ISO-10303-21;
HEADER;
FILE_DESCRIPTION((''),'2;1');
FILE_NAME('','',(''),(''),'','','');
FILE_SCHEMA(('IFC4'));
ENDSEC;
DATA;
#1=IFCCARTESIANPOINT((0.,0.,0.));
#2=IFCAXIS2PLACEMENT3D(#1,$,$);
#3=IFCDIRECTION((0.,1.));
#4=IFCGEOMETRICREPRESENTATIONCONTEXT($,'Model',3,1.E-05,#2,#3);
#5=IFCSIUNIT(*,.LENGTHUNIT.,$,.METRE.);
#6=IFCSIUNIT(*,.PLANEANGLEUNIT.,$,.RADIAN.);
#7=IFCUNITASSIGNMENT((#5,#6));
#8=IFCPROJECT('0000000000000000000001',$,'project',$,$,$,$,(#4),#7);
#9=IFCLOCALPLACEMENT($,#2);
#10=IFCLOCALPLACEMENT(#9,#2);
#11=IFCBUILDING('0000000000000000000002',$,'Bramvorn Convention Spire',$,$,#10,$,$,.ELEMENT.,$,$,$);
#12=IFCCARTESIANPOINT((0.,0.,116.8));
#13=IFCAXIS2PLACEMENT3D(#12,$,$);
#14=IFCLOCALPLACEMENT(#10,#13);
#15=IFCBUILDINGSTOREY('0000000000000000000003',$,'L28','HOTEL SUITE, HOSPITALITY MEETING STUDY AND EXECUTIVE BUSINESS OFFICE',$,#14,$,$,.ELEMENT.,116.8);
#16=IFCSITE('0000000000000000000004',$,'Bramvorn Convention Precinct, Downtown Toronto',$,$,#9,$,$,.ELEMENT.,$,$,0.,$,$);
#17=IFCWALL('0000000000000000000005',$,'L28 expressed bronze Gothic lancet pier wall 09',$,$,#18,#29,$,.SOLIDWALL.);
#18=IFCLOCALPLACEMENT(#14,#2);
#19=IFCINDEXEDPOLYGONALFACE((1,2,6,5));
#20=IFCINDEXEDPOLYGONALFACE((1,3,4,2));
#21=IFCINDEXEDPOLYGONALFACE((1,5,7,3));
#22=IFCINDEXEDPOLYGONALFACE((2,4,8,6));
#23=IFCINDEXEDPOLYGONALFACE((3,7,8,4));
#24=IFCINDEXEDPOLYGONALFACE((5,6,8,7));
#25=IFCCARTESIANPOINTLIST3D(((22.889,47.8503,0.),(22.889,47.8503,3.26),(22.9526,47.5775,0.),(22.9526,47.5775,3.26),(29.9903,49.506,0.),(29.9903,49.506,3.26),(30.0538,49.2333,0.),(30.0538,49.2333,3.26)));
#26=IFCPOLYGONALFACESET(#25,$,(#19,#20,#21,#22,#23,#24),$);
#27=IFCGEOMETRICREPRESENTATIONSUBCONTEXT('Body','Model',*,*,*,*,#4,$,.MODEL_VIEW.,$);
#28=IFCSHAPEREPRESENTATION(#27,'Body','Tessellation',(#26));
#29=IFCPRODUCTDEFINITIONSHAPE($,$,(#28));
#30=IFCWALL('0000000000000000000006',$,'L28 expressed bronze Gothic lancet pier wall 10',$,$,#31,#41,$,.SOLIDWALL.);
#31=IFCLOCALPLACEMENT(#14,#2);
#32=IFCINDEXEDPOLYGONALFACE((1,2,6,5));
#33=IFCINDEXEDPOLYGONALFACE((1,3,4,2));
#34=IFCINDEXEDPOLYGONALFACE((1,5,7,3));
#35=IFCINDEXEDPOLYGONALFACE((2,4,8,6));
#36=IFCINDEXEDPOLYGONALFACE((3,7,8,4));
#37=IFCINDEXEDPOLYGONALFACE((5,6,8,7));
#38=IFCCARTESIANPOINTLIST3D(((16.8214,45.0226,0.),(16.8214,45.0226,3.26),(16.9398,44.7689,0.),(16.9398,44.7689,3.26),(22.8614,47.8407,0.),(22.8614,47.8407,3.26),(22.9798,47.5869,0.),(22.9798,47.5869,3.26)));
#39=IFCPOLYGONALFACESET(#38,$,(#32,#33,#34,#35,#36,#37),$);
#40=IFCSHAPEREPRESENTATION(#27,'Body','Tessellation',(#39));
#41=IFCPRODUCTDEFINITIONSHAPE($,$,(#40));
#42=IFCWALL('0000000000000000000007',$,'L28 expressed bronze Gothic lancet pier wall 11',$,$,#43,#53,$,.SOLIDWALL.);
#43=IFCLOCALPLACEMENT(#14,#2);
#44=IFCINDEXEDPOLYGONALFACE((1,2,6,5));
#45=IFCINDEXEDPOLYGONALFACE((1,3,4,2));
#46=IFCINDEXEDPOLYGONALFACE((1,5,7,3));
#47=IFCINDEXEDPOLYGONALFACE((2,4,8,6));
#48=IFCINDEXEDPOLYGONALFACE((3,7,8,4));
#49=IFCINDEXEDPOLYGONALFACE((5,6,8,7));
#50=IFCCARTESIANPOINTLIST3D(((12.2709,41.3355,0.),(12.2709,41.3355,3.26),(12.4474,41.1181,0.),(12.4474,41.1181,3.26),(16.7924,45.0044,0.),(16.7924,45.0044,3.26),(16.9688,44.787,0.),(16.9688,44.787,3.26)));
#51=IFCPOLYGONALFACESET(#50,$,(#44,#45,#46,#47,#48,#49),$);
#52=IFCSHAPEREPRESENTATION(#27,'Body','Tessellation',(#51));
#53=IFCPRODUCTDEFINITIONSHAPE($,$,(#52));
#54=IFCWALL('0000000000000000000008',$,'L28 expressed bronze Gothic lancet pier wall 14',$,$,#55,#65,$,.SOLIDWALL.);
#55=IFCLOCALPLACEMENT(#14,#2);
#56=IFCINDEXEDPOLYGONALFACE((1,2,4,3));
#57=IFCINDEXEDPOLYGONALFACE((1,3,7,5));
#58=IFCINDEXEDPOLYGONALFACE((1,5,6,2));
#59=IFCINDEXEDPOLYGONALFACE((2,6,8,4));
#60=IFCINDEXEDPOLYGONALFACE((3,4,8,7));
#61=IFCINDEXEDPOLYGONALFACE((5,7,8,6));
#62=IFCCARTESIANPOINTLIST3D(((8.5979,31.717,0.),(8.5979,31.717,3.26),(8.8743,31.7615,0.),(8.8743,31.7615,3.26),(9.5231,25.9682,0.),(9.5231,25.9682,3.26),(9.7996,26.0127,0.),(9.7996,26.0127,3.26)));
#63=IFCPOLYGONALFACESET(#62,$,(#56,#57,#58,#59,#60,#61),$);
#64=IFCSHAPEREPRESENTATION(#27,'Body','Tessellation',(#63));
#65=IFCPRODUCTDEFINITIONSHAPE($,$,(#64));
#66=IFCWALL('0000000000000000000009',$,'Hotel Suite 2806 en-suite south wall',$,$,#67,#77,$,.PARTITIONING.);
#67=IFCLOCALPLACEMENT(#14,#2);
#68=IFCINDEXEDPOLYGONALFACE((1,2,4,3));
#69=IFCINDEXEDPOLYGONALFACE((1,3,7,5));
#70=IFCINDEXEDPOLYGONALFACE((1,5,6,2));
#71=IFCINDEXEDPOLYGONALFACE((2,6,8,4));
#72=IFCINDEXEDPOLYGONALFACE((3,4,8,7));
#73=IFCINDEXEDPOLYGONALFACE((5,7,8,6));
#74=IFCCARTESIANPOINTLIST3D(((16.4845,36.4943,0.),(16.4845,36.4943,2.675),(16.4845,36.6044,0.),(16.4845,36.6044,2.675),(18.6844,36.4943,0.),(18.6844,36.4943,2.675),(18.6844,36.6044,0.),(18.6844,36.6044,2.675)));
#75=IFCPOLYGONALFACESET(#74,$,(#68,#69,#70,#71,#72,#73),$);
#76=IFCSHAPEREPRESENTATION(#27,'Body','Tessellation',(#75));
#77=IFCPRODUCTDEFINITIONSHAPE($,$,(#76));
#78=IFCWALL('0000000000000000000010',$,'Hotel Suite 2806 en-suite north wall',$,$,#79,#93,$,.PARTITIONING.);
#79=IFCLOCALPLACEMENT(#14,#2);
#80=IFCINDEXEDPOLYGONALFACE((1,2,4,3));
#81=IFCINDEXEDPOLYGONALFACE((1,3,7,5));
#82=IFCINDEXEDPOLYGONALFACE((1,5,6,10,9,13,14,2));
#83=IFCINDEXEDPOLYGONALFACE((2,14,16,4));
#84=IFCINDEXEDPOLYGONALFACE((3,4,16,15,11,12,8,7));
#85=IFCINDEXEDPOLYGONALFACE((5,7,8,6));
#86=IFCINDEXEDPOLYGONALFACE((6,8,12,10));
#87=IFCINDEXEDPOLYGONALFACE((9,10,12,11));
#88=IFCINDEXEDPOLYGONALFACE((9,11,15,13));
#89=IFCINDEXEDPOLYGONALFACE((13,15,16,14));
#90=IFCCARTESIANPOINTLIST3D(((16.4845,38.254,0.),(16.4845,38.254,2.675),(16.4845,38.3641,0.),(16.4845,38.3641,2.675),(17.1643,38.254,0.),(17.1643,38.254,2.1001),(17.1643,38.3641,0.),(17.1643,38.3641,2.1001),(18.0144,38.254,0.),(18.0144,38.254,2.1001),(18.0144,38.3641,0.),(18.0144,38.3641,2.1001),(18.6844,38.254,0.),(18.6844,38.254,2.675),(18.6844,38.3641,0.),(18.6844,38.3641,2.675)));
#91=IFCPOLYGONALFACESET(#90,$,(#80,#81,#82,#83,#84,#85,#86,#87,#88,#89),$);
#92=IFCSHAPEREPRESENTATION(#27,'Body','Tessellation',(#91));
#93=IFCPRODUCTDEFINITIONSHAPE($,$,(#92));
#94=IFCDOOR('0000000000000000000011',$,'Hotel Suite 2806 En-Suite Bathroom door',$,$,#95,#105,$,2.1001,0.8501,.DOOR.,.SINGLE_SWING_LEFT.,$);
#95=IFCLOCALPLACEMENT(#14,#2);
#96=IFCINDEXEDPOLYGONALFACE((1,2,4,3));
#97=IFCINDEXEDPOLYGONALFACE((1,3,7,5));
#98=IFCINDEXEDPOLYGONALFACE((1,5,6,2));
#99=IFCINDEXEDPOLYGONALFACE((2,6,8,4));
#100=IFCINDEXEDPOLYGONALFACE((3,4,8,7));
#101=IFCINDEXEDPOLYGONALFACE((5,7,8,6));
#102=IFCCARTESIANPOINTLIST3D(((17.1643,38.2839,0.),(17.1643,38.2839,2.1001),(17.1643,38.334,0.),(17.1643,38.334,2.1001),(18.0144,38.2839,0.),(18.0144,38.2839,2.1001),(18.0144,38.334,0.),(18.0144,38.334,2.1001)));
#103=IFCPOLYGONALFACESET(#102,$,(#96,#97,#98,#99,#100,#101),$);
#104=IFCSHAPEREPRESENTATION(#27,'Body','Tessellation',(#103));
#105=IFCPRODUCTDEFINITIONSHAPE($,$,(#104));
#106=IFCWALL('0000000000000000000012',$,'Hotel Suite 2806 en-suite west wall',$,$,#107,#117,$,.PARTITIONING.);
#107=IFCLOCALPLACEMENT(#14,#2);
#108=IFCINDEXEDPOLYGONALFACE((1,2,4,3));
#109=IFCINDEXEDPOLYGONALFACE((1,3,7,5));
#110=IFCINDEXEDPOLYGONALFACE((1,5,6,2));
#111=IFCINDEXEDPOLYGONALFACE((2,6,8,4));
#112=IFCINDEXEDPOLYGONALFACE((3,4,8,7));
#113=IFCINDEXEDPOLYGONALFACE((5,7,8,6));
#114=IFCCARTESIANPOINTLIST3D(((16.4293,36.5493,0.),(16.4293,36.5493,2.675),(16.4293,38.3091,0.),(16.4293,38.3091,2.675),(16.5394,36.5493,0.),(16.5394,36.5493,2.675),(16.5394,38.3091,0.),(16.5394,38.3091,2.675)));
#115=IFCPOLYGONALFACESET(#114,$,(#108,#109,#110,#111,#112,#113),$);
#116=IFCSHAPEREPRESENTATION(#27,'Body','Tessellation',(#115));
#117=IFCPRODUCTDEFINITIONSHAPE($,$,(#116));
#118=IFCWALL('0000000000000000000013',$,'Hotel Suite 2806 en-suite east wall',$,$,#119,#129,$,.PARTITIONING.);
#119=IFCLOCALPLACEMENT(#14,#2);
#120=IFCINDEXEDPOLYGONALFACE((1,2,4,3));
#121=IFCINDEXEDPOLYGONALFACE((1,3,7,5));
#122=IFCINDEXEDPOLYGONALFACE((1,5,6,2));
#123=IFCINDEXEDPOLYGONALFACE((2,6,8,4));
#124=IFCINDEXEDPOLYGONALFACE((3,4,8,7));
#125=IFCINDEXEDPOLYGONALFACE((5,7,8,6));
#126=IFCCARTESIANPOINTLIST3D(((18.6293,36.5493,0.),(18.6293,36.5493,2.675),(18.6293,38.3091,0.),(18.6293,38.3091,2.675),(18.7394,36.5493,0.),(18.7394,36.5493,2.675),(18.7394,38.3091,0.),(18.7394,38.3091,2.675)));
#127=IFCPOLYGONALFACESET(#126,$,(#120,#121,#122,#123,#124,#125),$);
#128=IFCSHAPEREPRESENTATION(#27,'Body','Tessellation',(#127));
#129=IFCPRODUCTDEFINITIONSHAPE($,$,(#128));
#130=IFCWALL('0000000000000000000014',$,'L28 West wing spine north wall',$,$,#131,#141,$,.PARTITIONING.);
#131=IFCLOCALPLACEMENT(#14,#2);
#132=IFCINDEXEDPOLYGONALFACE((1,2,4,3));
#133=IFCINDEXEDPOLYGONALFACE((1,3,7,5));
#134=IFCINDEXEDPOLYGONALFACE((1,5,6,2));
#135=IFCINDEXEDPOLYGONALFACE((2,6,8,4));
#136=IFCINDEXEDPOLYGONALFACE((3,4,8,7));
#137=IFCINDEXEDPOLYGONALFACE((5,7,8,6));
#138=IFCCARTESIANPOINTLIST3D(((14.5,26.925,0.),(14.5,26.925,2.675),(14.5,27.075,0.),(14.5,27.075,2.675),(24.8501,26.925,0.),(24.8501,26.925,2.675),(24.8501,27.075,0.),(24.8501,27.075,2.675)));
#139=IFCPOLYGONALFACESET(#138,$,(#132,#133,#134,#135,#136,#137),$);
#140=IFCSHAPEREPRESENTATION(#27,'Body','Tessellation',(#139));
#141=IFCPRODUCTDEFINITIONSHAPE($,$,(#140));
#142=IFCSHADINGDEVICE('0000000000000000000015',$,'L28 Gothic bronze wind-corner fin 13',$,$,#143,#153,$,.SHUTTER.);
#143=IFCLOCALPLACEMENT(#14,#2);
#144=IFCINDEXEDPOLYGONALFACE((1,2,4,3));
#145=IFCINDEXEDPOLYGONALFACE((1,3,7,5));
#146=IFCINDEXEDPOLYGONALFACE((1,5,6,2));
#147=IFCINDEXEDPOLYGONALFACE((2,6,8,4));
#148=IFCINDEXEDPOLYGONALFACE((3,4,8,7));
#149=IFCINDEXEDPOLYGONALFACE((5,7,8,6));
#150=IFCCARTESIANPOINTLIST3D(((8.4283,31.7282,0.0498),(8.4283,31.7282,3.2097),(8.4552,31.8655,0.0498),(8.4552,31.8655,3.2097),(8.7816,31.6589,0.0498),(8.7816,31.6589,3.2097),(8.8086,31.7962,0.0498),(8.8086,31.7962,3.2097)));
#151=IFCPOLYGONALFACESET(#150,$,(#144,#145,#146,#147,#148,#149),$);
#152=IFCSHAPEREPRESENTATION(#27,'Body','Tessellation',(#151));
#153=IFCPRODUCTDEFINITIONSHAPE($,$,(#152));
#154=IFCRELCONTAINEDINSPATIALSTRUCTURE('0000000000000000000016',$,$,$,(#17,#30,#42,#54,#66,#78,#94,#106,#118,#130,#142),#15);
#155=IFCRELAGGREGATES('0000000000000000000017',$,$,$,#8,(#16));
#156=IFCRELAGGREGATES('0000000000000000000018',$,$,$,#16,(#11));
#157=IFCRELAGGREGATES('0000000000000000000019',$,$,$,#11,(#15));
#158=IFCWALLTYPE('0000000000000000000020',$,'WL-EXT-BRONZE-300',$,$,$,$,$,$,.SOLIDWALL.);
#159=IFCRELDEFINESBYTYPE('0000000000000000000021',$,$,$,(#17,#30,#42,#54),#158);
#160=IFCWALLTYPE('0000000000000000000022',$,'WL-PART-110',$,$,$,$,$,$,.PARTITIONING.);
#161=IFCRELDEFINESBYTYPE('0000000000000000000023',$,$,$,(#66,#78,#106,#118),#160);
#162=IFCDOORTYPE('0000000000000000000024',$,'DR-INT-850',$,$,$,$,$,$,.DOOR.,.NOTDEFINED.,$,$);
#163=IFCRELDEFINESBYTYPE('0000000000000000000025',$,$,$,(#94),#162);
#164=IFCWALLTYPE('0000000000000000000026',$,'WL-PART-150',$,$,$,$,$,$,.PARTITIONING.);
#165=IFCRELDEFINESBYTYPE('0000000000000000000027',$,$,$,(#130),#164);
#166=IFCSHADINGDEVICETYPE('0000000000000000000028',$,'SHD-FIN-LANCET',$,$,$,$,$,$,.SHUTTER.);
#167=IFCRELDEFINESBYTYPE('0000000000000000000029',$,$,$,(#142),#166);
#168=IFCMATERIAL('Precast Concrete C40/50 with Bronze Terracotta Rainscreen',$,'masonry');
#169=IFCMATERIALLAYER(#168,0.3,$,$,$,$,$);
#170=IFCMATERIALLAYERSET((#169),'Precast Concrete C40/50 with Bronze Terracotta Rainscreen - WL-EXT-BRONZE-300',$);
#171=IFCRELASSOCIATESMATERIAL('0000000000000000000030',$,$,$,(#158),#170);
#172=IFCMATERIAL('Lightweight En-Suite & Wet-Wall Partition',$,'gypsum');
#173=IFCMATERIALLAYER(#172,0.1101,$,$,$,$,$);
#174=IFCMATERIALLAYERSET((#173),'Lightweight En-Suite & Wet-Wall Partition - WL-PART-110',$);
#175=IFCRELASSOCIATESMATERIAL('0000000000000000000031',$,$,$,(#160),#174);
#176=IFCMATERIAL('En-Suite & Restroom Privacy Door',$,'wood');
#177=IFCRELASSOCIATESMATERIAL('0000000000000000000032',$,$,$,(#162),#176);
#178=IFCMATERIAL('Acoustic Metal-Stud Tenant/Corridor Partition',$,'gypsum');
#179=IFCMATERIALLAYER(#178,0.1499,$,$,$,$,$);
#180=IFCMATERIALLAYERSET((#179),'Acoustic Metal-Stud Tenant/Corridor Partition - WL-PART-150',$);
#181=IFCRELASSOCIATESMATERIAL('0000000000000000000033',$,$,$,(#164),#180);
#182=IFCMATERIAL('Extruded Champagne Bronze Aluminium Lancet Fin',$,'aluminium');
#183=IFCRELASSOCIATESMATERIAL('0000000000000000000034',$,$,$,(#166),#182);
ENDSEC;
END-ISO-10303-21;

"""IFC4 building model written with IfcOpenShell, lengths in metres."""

from ifc_helpers import new_model, si_unit, direction, frame, frame_2d, origin, origin_2d, place, context, subcontext, project, spatial, rectangle, extrude, material, layer, layer_set, type_object, element, fill, save


model = new_model("IFC4")

# Units and contexts
model_context = context("Model", 3, precision=1e-05, world=origin(), true_north=direction((0.0, 1.0)))
body_context = subcontext(model_context, "Body", "Model", "MODEL_VIEW")
ifc_project = project(units=[si_unit("LENGTHUNIT", "METRE"), si_unit("PLANEANGLEUNIT", "RADIAN")], contexts=[model_context])

# Site, building, storey
site_placement = place(None, origin())
site = spatial("IfcSite", under=ifc_project, at=site_placement, Name="Bramvorn Convention Precinct, Downtown Toronto", CompositionType="ELEMENT", RefElevation=0.0)
building_placement = place(site_placement, origin())
building = spatial("IfcBuilding", under=site, at=building_placement, Name="Bramvorn Convention Spire", CompositionType="ELEMENT")
storey_placement = place(building_placement, frame((0.0, 0.0, 116.8)))
storey = spatial("IfcBuildingStorey", under=building, at=storey_placement, Name="L28", Description="HOTEL SUITE, HOSPITALITY MEETING STUDY AND EXECUTIVE BUSINESS OFFICE", CompositionType="ELEMENT", Elevation=116.8)

# Walls
ifc_material_1 = material(Name="Precast Concrete C40/50 with Bronze Terracotta Rainscreen", Category="masonry")
ifc_layer_1 = layer(ifc_material_1, 0.3)
ifc_layer_set_1 = layer_set([ifc_layer_1], Name="Precast Concrete C40/50 with Bronze Terracotta Rainscreen - WL-EXT-BRONZE-300")
wall_type_1 = type_object("IfcWallType", Name="WL-EXT-BRONZE-300", PredefinedType="SOLIDWALL", material=ifc_layer_set_1)
wall_1_placement = place(storey_placement, frame((22.9207, 47.7139, 0.0), z_axis=(0.0, 0.0, 1.0), x_axis=(0.973878, 0.227072, 0.0)))
element("IfcWall", 1, at=wall_1_placement, inside=storey, type_object=wall_type_1, Name="L28 expressed bronze Gothic lancet pier wall 09", PredefinedType="SOLIDWALL", context=body_context, shape_type="SweptSolid", body=[
    extrude(rectangle(XDim=7.2917, YDim=0.28, at=frame_2d((3.646, 0.0))), origin(), (0.0, 0.0, 1.0), 3.26),
])
wall_2_placement = place(storey_placement, frame((16.8806, 44.8958, 0.0), z_axis=(0.0, 0.0, 1.0), x_axis=(0.906216, 0.422815, 0.0)))
element("IfcWall", 2, at=wall_2_placement, inside=storey, type_object=wall_type_1, Name="L28 expressed bronze Gothic lancet pier wall 10", PredefinedType="SOLIDWALL", context=body_context, shape_type="SweptSolid", body=[
    extrude(rectangle(XDim=6.665, YDim=0.28, at=frame_2d((3.3325, 0.0))), origin(), (0.0, 0.0, 1.0), 3.26),
])
for number, where, z_axis, x_axis, name in (
    (3, (12.3591, 41.2268, 0.0), (0.0, 0.0, 1.0), (0.776514, 0.6301, 0.0), "L28 expressed bronze Gothic lancet pier wall 11"),
    (4, (9.6614, 25.9905, 0.0), (0.0, 0.0, 1.0), (-0.158909, 0.987293, 0.0), "L28 expressed bronze Gothic lancet pier wall 14"),
):
    element("IfcWall", number, at=place(storey_placement, frame(where, z_axis=z_axis, x_axis=x_axis)), inside=storey, type_object=wall_type_1, Name=name, PredefinedType="SOLIDWALL", context=body_context, shape_type="SweptSolid", body=[
        extrude(rectangle(XDim=5.8228, YDim=0.28, at=frame_2d((2.9114, 0.0))), origin(), (0.0, 0.0, 1.0), 3.26),
    ])
ifc_material_2 = material(Name="Lightweight En-Suite & Wet-Wall Partition", Category="gypsum")
ifc_layer_2 = layer(ifc_material_2, 0.1101)
ifc_layer_set_2 = layer_set([ifc_layer_2], Name="Lightweight En-Suite & Wet-Wall Partition - WL-PART-110")
wall_type_2 = type_object("IfcWallType", Name="WL-PART-110", PredefinedType="PARTITIONING", material=ifc_layer_set_2)
wall_3_placement = place(storey_placement, frame((16.4844, 36.5493, 0.0), z_axis=(0.0, 0.0, 1.0), x_axis=(1.0, 0.0, 0.0)))
element("IfcWall", 5, at=wall_3_placement, inside=storey, type_object=wall_type_2, Name="Hotel Suite 2806 en-suite south wall", PredefinedType="PARTITIONING", context=body_context, shape_type="SweptSolid", body=[
    extrude(rectangle(XDim=2.2, YDim=0.1101, at=frame_2d((1.1001, 0.0))), origin(), (0.0, 0.0, 1.0), 2.675),
])

# Wall, opening, door
wall_4_placement = place(storey_placement, frame((16.4844, 38.3091, 0.0), z_axis=(0.0, 0.0, 1.0), x_axis=(1.0, 0.0, 0.0)))
wall_4 = element("IfcWall", 6, at=wall_4_placement, inside=storey, type_object=wall_type_2, Name="Hotel Suite 2806 en-suite north wall", PredefinedType="PARTITIONING", context=body_context, shape_type="SweptSolid", body=[
    extrude(rectangle(XDim=2.2, YDim=0.1101, at=frame_2d((1.1001, 0.0))), origin(), (0.0, 0.0, 1.0), 2.675),
])
opening_placement = place(wall_4_placement, frame((0.6799, 0.0, 0.0)))
opening = element("IfcOpeningElement", 7, at=opening_placement, cuts=wall_4, PredefinedType="OPENING", context=body_context, shape_type="SweptSolid", body=[
    extrude(rectangle(XDim=0.8501, YDim=2.1001, at=frame_2d((0.425, 1.05))), frame((0.0, 0.0649, 0.0), z_axis=(0.0, -1.0, 0.0), x_axis=(1.0, 0.0, 0.0)), (0.0, 0.0, 1.0), 0.1301),
])
ifc_material_3 = material(Name="En-Suite & Restroom Privacy Door", Category="wood")
door_type = type_object("IfcDoorType", Name="DR-INT-850", OperationType="NOTDEFINED", PredefinedType="DOOR", material=ifc_material_3)
door_placement = place(opening_placement, origin())
door = element("IfcDoor", 8, at=door_placement, inside=storey, type_object=door_type, Name="Hotel Suite 2806 En-Suite Bathroom door", OperationType="SINGLE_SWING_LEFT", OverallHeight=2.1001, OverallWidth=0.8501, PredefinedType="DOOR", context=body_context, shape_type="SweptSolid", body=[
    extrude(rectangle(XDim=0.8501, YDim=2.1001, at=frame_2d((0.425, 1.05))), frame((0.0, 0.0249, 0.0), z_axis=(0.0, -1.0, 0.0), x_axis=(1.0, 0.0, 0.0)), (0.0, 0.0, 1.0), 0.05),
])
fill(opening, door)

# Walls
for number, where, z_axis, x_axis, name in (
    (9, (16.4844, 36.5493, 0.0), (0.0, 0.0, 1.0), (0.0, 1.0, 0.0), "Hotel Suite 2806 en-suite west wall"),
    (10, (18.6843, 36.5493, 0.0), (0.0, 0.0, 1.0), (0.0, 1.0, 0.0), "Hotel Suite 2806 en-suite east wall"),
):
    element("IfcWall", number, at=place(storey_placement, frame(where, z_axis=z_axis, x_axis=x_axis)), inside=storey, type_object=wall_type_2, Name=name, PredefinedType="PARTITIONING", context=body_context, shape_type="SweptSolid", body=[
        extrude(rectangle(XDim=1.7598, YDim=0.1101, at=frame_2d((0.8799, 0.0))), origin(), (0.0, 0.0, 1.0), 2.675),
    ])
ifc_material_4 = material(Name="Acoustic Metal-Stud Tenant/Corridor Partition", Category="gypsum")
ifc_layer_3 = layer(ifc_material_4, 0.1499)
ifc_layer_set_3 = layer_set([ifc_layer_3], Name="Acoustic Metal-Stud Tenant/Corridor Partition - WL-PART-150")
wall_type_3 = type_object("IfcWallType", Name="WL-PART-150", PredefinedType="PARTITIONING", material=ifc_layer_set_3)
wall_5_placement = place(storey_placement, frame((14.5, 27.0, 0.0), z_axis=(0.0, 0.0, 1.0), x_axis=(1.0, 0.0, 0.0)))
element("IfcWall", 11, at=wall_5_placement, inside=storey, type_object=wall_type_3, Name="L28 West wing spine north wall", PredefinedType="PARTITIONING", context=body_context, shape_type="SweptSolid", body=[
    extrude(rectangle(XDim=10.3501, YDim=0.1499, at=frame_2d((5.175, 0.0))), origin(), (0.0, 0.0, 1.0), 2.675),
])

# Shading device
ifc_material_5 = material(Name="Extruded Champagne Bronze Aluminium Lancet Fin", Category="aluminium")
shading_device_type = type_object("IfcShadingDeviceType", Name="SHD-FIN-LANCET", PredefinedType="SHUTTER", material=ifc_material_5)
shading_device_placement = place(storey_placement, frame((8.6184, 31.7622, 0.0498), z_axis=(0.0, 0.0, 1.0), x_axis=(-0.981306, 0.192453, 0.0)))
element("IfcShadingDevice", 12, at=shading_device_placement, inside=storey, type_object=shading_device_type, Name="L28 Gothic bronze wind-corner fin 13", PredefinedType="SHUTTER", context=body_context, shape_type="SweptSolid", body=[
    extrude(rectangle(XDim=0.3601, YDim=0.1399, at=origin_2d()), origin(), (0.0, 0.0, 1.0), 3.1599),
])

save(model, "model.ifc")
